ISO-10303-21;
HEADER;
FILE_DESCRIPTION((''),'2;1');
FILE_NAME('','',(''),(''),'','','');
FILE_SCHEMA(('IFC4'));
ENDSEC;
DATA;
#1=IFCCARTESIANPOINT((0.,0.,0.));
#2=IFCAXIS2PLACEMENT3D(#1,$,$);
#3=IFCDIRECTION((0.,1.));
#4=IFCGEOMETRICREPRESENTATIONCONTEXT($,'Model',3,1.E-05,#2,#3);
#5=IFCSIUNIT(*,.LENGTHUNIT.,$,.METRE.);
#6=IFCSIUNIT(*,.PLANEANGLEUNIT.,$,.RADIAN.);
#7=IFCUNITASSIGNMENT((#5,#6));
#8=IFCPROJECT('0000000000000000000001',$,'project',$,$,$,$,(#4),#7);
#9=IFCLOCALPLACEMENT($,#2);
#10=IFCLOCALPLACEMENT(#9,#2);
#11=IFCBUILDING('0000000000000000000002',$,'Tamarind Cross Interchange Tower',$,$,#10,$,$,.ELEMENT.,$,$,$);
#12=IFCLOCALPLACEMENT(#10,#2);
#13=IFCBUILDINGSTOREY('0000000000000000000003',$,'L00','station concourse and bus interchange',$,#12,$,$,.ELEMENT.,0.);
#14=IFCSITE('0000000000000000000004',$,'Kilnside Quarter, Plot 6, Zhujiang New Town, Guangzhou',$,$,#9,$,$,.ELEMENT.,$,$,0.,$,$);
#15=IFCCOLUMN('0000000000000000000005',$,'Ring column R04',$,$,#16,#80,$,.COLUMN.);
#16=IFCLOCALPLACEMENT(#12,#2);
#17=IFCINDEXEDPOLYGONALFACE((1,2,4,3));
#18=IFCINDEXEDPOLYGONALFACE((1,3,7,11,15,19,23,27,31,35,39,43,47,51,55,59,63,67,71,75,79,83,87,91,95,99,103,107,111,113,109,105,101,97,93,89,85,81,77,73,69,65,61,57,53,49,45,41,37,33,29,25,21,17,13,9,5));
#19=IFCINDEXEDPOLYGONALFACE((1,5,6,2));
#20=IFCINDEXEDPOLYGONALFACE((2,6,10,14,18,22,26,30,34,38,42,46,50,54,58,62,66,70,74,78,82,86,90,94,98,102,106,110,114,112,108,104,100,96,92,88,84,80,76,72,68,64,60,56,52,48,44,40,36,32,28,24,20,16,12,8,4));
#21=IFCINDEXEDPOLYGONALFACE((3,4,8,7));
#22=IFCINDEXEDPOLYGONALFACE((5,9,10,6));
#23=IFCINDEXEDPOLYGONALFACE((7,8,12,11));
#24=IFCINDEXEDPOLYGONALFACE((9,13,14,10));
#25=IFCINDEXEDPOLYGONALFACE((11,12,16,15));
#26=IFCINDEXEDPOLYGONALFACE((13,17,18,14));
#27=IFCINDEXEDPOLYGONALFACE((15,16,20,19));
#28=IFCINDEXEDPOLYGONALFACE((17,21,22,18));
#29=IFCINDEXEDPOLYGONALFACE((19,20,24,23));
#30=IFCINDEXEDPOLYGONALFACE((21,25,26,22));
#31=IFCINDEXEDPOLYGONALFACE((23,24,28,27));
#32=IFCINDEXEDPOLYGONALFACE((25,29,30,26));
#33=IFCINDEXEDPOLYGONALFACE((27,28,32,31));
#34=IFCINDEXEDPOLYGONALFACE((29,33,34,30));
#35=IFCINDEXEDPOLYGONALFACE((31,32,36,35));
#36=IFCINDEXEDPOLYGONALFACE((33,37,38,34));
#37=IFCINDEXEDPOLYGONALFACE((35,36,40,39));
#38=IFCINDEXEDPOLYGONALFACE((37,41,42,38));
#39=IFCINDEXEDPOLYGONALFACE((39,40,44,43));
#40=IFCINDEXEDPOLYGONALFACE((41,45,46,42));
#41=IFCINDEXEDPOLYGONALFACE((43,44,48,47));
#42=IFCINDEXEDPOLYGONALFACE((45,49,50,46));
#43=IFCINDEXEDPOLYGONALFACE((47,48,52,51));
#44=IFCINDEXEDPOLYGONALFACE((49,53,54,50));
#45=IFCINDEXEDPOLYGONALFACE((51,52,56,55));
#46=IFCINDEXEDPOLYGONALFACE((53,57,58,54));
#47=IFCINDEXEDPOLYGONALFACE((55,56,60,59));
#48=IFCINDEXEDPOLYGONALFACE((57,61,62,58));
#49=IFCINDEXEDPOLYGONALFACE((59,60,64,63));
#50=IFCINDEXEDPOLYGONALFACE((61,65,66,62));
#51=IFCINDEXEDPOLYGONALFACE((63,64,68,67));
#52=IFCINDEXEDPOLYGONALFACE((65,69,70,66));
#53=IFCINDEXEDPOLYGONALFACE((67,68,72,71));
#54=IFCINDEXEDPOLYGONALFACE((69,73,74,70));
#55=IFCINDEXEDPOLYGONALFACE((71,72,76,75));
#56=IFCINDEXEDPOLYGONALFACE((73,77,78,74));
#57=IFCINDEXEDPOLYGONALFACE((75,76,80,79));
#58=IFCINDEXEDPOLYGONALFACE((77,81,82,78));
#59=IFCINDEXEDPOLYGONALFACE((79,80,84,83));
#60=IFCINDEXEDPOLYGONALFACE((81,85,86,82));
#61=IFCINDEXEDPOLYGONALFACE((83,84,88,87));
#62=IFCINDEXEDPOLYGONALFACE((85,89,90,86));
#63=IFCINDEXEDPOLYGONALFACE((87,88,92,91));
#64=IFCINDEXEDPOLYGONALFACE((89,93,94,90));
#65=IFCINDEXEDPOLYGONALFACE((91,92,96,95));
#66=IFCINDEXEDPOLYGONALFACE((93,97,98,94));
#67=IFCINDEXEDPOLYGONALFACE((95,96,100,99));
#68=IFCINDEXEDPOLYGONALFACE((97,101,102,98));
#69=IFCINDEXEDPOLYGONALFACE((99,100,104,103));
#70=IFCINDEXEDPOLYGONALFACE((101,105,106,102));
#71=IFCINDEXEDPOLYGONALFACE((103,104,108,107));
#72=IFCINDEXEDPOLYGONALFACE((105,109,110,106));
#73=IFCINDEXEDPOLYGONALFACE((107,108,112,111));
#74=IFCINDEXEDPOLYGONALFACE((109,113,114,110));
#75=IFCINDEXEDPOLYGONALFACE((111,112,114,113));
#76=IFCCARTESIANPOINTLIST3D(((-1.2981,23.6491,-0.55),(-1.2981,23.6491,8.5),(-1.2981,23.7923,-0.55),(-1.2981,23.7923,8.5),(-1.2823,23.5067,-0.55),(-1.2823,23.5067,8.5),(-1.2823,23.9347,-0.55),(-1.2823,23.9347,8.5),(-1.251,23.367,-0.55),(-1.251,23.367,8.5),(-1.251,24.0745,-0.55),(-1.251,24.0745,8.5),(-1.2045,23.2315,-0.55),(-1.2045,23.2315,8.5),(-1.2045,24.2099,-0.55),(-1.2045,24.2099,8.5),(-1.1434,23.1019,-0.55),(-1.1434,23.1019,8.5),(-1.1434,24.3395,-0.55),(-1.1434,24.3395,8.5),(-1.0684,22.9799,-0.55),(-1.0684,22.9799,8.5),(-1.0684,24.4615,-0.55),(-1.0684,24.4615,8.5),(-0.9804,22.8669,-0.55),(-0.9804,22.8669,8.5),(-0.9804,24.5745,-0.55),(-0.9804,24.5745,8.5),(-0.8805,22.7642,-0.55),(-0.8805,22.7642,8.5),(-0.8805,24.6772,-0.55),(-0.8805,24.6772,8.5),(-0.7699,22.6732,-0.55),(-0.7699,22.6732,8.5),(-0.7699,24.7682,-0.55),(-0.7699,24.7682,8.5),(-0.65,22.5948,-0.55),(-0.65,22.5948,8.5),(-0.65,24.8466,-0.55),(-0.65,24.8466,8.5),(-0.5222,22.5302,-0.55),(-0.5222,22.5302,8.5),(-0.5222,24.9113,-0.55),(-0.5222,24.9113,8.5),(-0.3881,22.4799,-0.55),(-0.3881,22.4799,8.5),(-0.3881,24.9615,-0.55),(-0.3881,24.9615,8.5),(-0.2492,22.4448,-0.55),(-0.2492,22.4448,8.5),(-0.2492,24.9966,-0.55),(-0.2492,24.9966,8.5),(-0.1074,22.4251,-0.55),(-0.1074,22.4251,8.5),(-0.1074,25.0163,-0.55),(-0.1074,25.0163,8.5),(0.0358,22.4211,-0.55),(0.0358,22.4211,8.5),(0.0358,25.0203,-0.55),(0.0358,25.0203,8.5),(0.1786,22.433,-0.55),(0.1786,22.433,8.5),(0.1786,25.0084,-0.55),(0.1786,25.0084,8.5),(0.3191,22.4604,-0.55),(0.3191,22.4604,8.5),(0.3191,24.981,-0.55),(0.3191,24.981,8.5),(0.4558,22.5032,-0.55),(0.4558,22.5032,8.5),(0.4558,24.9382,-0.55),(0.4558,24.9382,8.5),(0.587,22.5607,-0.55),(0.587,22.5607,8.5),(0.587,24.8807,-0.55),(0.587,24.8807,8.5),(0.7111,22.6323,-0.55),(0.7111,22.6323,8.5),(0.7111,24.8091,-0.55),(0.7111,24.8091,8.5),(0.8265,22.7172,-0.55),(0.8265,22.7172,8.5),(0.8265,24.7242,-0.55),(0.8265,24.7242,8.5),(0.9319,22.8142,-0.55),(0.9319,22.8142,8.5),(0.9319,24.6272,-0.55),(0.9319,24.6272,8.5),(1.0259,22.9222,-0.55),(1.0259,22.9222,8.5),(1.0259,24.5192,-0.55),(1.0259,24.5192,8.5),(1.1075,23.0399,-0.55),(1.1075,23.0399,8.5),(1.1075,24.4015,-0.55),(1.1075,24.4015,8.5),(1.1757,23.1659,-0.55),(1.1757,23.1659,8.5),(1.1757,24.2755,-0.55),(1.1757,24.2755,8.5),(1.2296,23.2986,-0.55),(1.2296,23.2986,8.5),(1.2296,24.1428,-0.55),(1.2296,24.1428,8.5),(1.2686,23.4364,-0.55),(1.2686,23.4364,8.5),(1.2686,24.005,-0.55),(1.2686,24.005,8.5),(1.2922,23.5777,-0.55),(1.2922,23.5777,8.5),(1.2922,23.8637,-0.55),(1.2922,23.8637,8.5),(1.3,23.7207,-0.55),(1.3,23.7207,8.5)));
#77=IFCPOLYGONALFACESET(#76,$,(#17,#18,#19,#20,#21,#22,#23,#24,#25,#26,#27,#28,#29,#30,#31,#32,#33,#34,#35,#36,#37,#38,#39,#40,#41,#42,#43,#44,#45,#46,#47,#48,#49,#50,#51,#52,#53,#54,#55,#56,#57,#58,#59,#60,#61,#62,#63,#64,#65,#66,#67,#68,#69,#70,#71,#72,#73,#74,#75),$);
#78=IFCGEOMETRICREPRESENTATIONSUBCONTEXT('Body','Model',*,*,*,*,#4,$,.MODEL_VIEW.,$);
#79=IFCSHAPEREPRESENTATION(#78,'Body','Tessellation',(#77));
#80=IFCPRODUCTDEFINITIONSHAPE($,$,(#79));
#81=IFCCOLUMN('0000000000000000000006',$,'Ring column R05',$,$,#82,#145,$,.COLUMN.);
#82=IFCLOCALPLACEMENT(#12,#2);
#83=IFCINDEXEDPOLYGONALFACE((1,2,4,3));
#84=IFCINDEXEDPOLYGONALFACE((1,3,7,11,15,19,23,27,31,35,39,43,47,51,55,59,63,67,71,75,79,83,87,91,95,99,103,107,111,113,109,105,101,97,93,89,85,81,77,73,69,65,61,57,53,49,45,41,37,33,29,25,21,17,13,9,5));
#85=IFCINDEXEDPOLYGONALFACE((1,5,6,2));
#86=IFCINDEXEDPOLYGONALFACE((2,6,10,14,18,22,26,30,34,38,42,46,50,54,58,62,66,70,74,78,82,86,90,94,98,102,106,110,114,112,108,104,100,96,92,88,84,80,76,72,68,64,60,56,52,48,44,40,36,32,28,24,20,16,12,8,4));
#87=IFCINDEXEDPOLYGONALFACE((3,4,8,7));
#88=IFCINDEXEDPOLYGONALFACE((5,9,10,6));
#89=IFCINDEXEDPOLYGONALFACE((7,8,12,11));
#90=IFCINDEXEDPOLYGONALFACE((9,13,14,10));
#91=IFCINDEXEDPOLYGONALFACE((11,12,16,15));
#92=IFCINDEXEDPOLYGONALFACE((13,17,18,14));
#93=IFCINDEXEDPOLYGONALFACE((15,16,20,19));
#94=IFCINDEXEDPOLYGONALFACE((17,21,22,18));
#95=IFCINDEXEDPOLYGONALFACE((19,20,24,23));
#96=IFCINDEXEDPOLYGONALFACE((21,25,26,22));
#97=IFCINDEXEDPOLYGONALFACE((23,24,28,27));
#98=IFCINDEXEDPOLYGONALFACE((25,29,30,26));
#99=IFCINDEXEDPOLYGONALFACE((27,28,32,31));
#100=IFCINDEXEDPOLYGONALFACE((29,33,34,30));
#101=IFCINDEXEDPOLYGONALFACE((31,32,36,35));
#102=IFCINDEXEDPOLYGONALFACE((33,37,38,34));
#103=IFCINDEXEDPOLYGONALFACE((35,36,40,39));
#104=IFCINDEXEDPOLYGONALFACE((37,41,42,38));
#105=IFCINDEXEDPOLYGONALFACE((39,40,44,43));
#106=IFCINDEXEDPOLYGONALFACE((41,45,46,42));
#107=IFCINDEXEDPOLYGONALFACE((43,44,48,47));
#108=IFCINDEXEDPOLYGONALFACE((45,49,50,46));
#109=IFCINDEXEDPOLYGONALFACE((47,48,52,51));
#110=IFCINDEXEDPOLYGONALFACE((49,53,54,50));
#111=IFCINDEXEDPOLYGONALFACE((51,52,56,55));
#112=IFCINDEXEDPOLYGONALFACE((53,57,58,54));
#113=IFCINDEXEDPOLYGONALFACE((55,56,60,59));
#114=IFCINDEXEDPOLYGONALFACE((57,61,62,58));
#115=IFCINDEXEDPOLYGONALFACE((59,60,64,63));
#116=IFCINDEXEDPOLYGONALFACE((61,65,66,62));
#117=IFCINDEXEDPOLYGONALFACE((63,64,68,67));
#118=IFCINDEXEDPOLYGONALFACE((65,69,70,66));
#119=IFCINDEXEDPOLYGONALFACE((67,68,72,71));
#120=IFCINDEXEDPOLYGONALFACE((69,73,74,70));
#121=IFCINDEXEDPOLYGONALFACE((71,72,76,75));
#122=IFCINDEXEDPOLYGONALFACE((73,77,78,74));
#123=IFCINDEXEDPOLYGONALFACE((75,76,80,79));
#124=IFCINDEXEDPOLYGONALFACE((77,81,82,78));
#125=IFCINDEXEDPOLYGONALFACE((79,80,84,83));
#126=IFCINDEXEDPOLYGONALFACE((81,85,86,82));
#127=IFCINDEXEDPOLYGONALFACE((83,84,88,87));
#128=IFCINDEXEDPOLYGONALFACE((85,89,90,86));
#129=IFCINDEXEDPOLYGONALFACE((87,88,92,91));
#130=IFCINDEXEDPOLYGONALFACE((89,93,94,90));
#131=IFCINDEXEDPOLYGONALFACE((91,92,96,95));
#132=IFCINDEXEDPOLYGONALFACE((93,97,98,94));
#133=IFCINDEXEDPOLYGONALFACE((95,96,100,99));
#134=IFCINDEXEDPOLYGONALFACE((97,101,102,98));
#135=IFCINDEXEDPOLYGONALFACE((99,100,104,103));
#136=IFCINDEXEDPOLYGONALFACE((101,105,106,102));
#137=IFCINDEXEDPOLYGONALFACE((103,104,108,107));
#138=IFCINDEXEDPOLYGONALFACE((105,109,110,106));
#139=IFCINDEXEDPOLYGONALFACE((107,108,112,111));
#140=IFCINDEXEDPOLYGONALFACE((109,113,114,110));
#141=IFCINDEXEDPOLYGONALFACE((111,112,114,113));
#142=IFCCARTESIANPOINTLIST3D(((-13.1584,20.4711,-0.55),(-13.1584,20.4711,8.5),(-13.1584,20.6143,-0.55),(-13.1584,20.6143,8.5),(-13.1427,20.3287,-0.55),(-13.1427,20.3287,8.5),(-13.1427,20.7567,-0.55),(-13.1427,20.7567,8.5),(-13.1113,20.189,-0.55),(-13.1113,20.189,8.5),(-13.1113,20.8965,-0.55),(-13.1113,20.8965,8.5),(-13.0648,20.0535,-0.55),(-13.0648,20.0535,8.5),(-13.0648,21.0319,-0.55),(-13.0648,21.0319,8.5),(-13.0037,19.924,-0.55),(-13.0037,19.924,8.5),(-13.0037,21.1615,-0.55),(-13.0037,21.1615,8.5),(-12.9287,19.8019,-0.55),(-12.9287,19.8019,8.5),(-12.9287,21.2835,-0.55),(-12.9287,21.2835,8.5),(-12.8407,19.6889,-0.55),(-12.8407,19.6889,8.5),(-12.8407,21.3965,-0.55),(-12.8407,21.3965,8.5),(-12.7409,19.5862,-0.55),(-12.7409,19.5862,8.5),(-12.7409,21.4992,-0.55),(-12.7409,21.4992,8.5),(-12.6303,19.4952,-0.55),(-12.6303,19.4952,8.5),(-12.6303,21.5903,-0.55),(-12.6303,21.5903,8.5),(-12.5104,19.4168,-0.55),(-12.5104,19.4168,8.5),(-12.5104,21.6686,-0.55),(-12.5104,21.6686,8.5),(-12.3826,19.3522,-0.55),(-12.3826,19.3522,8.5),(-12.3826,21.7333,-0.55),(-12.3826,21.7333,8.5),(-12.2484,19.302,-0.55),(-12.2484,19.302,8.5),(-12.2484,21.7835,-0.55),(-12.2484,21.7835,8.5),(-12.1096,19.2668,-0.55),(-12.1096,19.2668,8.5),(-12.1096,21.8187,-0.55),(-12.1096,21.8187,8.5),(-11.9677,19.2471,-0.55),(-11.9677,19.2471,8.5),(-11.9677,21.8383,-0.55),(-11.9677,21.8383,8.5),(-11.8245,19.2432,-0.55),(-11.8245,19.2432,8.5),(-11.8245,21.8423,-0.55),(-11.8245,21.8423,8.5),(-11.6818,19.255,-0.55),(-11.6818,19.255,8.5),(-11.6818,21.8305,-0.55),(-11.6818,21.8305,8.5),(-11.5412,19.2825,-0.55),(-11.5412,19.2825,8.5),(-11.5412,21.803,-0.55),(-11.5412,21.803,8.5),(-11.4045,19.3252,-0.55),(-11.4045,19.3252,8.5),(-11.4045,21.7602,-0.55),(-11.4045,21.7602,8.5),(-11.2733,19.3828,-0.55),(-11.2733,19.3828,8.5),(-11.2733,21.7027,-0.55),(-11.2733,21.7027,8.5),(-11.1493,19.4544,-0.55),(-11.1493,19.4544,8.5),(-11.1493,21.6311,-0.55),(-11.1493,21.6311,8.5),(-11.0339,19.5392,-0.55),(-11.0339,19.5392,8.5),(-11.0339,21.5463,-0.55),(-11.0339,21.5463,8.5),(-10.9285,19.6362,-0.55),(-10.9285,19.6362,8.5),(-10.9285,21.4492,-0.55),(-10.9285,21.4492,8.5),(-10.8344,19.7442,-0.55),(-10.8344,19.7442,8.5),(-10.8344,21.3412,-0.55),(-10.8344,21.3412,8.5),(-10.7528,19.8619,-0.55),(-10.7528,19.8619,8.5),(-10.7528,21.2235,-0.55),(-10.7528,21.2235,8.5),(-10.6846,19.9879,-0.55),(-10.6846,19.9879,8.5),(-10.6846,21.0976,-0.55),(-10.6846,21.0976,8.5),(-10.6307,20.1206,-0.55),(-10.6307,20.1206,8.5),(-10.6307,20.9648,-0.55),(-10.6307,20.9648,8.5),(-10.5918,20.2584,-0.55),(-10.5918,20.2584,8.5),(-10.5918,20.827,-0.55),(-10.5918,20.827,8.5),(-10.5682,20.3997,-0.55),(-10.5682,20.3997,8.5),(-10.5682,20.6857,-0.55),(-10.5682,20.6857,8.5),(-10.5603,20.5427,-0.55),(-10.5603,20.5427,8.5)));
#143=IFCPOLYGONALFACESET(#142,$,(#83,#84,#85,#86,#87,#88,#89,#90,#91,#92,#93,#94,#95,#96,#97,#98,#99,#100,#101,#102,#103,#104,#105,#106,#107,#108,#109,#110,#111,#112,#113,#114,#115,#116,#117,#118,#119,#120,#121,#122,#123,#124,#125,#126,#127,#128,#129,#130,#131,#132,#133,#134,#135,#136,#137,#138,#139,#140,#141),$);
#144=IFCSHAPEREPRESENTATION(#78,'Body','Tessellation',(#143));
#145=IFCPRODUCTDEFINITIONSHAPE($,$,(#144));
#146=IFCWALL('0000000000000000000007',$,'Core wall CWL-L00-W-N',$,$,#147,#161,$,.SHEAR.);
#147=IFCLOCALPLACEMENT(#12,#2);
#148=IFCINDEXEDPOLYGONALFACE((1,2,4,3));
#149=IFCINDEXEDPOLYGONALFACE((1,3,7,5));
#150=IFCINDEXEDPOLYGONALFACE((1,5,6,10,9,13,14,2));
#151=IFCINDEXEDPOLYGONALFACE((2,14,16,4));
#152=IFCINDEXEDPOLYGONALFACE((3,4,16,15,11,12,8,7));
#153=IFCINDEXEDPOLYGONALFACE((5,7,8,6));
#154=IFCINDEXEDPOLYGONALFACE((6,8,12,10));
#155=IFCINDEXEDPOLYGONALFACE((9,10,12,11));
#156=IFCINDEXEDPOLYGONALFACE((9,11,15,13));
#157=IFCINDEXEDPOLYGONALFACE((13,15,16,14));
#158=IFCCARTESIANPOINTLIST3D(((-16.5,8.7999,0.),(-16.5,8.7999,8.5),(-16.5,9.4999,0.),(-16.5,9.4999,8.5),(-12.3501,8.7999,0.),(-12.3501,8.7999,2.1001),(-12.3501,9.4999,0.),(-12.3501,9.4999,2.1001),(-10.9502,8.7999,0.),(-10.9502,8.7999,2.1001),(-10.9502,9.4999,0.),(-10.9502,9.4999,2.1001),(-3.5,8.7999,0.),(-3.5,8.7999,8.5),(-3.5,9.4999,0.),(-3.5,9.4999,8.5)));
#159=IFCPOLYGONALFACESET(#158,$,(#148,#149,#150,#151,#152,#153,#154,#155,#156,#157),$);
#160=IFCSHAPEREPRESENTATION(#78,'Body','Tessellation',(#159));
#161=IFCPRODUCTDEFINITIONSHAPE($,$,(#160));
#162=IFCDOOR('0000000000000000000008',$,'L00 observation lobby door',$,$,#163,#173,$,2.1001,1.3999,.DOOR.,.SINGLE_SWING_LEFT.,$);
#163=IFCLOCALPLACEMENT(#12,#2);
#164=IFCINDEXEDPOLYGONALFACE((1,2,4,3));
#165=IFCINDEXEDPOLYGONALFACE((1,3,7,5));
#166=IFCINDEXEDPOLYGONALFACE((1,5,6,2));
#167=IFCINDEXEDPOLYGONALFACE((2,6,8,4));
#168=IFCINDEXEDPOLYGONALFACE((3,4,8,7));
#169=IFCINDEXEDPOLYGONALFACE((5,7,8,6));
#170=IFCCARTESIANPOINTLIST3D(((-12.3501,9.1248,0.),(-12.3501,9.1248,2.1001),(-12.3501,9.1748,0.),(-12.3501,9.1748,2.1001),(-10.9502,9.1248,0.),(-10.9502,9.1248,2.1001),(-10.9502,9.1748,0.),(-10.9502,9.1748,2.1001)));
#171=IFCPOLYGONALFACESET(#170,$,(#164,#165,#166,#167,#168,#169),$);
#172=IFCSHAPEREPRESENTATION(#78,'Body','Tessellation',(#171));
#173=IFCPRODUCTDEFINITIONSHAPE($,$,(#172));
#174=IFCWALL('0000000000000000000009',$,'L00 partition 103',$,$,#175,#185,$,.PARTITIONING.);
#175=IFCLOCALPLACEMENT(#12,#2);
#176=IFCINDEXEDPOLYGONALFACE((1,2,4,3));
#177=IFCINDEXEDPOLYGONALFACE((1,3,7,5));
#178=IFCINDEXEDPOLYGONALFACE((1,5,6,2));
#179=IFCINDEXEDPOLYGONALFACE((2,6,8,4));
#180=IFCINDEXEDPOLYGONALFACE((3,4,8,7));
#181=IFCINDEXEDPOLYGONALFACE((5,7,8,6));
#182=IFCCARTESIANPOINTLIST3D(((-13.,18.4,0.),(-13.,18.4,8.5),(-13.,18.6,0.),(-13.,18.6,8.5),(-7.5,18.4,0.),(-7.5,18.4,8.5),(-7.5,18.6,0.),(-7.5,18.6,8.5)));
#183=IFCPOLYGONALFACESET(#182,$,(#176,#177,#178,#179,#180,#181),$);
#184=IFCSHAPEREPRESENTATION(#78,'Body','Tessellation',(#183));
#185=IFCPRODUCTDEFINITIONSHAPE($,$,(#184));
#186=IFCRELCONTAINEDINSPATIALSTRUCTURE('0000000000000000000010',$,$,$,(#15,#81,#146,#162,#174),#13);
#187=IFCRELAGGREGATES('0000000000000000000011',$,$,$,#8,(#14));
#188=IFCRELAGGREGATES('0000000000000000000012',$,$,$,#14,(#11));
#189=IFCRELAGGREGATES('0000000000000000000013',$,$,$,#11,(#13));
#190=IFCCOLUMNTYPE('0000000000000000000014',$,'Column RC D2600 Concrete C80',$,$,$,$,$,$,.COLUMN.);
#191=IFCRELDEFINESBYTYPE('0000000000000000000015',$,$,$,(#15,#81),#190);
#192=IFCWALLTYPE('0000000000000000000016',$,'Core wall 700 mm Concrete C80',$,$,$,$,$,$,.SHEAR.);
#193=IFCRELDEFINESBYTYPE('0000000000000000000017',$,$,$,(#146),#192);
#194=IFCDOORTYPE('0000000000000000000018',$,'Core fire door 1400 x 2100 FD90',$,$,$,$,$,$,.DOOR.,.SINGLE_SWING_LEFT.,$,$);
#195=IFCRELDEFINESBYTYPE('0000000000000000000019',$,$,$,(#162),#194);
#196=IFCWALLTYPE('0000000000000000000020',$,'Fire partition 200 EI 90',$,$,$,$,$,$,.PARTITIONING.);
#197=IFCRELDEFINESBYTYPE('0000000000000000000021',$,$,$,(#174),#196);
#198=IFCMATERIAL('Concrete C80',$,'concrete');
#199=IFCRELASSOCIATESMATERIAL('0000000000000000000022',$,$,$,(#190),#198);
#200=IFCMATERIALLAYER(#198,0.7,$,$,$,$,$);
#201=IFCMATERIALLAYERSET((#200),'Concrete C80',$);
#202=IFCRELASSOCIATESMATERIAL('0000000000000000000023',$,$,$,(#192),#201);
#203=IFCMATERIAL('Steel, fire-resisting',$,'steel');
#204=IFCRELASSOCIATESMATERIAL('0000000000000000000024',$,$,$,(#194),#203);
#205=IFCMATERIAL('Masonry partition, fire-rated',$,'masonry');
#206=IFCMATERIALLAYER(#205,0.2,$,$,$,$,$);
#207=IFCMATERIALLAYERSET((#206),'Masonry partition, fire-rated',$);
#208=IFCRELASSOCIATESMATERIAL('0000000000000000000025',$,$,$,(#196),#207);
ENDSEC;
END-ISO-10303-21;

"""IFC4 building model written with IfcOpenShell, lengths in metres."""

from ifc_helpers import new_model, si_unit, direction, frame, frame_2d, origin, origin_2d, place, context, subcontext, project, spatial, rectangle, circle, extrude, material, layer, layer_set, material_profile, profile_set, type_object, element, fill, save


model = new_model("IFC4")

# Units and contexts
model_context = context("Model", 3, precision=1e-05, world=origin(), true_north=direction((0.0, 1.0)))
body_context = subcontext(model_context, "Body", "Model", "MODEL_VIEW")
ifc_project = project(units=[si_unit("LENGTHUNIT", "METRE"), si_unit("PLANEANGLEUNIT", "RADIAN")], contexts=[model_context])

# Site, building, storey
site_placement = place(None, origin())
site = spatial("IfcSite", under=ifc_project, at=site_placement, Name="Kilnside Quarter, Plot 6, Zhujiang New Town, Guangzhou", CompositionType="ELEMENT", RefElevation=0.0)
building_placement = place(site_placement, origin())
building = spatial("IfcBuilding", under=site, at=building_placement, Name="Tamarind Cross Interchange Tower", CompositionType="ELEMENT")
storey_placement = place(building_placement, origin())
storey = spatial("IfcBuildingStorey", under=building, at=storey_placement, Name="L00", Description="station concourse and bus interchange", CompositionType="ELEMENT", Elevation=0.0)

# Columns
ifc_material_1 = material(Name="Concrete C80", Category="concrete")
ifc_material_profile = material_profile(ifc_material_1, circle(Radius=1.3, at=origin_2d()), Name="RC D2600")
ifc_profile_set = profile_set([ifc_material_profile], Name="Concrete C80")
column_type = type_object("IfcColumnType", Name="Column RC D2600 Concrete C80", PredefinedType="COLUMN", material=ifc_profile_set)
for number, where, z_axis, x_axis, name in (
    (1, (0.0, 23.7207, -0.55), (0.0, 0.0, 1.0), (1.0, 0.0, 0.0), "Ring column R04"),
    (2, (-11.8604, 20.5427, -0.55), (0.0, 0.0, 1.0), (1.0, 0.0, 0.0), "Ring column R05"),
):
    element("IfcColumn", number, at=place(storey_placement, frame(where, z_axis=z_axis, x_axis=x_axis)), inside=storey, type_object=column_type, Name=name, PredefinedType="COLUMN", context=body_context, shape_type="SweptSolid", body=[
        extrude(circle(Radius=1.3, at=origin_2d()), origin(), (0.0, 0.0, 1.0), 9.05),
    ])

# Wall, opening, door
ifc_layer_1 = layer(ifc_material_1, 0.7)
ifc_layer_set_1 = layer_set([ifc_layer_1], Name="Concrete C80")
wall_type_1 = type_object("IfcWallType", Name="Core wall 700 mm Concrete C80", PredefinedType="SHEAR", material=ifc_layer_set_1)
wall_1_placement = place(storey_placement, frame((-16.5, 9.1499, 0.0), z_axis=(0.0, 0.0, 1.0), x_axis=(1.0, 0.0, 0.0)))
wall_1 = element("IfcWall", 3, at=wall_1_placement, inside=storey, type_object=wall_type_1, Name="Core wall CWL-L00-W-N", PredefinedType="SHEAR", context=body_context, shape_type="SweptSolid", body=[
    extrude(rectangle(XDim=13.0, YDim=0.7, at=frame_2d((6.5, 0.0))), origin(), (0.0, 0.0, 1.0), 8.5),
])
opening_1_placement = place(wall_1_placement, frame((4.1499, 0.0, 0.0)))
opening_1 = element("IfcOpeningElement", 4, at=opening_1_placement, cuts=wall_1, PredefinedType="OPENING", context=body_context, shape_type="SweptSolid", body=[
    extrude(rectangle(XDim=1.3999, YDim=2.1001, at=frame_2d((0.7, 1.05))), frame((0.0, 0.3599, 0.0), z_axis=(0.0, -1.0, 0.0), x_axis=(1.0, 0.0, 0.0)), (0.0, 0.0, 1.0), 0.72),
])
ifc_material_2 = material(Name="Steel, fire-resisting", Category="steel")
door_type_1 = type_object("IfcDoorType", Name="Core fire door 1400 x 2100 FD90", OperationType="SINGLE_SWING_LEFT", PredefinedType="DOOR", material=ifc_material_2)
door_1_placement = place(opening_1_placement, origin())
door_1 = element("IfcDoor", 5, at=door_1_placement, inside=storey, type_object=door_type_1, Name="L00 observation lobby door", OperationType="SINGLE_SWING_LEFT", OverallHeight=2.1001, OverallWidth=1.3999, PredefinedType="DOOR", context=body_context, shape_type="SweptSolid", body=[
    extrude(rectangle(XDim=1.3999, YDim=2.1001, at=frame_2d((0.7, 1.05))), frame((0.0, 0.0249, 0.0), z_axis=(0.0, -1.0, 0.0), x_axis=(1.0, 0.0, 0.0)), (0.0, 0.0, 1.0), 0.05),
])
fill(opening_1, door_1)

# Wall
ifc_material_3 = material(Name="Masonry partition, fire-rated", Category="masonry")
ifc_layer_2 = layer(ifc_material_3, 0.2)
ifc_layer_set_2 = layer_set([ifc_layer_2], Name="Masonry partition, fire-rated")
wall_type_2 = type_object("IfcWallType", Name="Fire partition 200 EI 90", PredefinedType="PARTITIONING", material=ifc_layer_set_2)
wall_2_placement = place(storey_placement, frame((-13.0, 18.5, 0.0), z_axis=(0.0, 0.0, 1.0), x_axis=(1.0, 0.0, 0.0)))
element("IfcWall", 6, at=wall_2_placement, inside=storey, type_object=wall_type_2, Name="L00 partition 103", PredefinedType="PARTITIONING", context=body_context, shape_type="SweptSolid", body=[
    extrude(rectangle(XDim=5.5, YDim=0.2, at=frame_2d((2.75, 0.0))), origin(), (0.0, 0.0, 1.0), 8.5),
])

save(model, "model.ifc")
